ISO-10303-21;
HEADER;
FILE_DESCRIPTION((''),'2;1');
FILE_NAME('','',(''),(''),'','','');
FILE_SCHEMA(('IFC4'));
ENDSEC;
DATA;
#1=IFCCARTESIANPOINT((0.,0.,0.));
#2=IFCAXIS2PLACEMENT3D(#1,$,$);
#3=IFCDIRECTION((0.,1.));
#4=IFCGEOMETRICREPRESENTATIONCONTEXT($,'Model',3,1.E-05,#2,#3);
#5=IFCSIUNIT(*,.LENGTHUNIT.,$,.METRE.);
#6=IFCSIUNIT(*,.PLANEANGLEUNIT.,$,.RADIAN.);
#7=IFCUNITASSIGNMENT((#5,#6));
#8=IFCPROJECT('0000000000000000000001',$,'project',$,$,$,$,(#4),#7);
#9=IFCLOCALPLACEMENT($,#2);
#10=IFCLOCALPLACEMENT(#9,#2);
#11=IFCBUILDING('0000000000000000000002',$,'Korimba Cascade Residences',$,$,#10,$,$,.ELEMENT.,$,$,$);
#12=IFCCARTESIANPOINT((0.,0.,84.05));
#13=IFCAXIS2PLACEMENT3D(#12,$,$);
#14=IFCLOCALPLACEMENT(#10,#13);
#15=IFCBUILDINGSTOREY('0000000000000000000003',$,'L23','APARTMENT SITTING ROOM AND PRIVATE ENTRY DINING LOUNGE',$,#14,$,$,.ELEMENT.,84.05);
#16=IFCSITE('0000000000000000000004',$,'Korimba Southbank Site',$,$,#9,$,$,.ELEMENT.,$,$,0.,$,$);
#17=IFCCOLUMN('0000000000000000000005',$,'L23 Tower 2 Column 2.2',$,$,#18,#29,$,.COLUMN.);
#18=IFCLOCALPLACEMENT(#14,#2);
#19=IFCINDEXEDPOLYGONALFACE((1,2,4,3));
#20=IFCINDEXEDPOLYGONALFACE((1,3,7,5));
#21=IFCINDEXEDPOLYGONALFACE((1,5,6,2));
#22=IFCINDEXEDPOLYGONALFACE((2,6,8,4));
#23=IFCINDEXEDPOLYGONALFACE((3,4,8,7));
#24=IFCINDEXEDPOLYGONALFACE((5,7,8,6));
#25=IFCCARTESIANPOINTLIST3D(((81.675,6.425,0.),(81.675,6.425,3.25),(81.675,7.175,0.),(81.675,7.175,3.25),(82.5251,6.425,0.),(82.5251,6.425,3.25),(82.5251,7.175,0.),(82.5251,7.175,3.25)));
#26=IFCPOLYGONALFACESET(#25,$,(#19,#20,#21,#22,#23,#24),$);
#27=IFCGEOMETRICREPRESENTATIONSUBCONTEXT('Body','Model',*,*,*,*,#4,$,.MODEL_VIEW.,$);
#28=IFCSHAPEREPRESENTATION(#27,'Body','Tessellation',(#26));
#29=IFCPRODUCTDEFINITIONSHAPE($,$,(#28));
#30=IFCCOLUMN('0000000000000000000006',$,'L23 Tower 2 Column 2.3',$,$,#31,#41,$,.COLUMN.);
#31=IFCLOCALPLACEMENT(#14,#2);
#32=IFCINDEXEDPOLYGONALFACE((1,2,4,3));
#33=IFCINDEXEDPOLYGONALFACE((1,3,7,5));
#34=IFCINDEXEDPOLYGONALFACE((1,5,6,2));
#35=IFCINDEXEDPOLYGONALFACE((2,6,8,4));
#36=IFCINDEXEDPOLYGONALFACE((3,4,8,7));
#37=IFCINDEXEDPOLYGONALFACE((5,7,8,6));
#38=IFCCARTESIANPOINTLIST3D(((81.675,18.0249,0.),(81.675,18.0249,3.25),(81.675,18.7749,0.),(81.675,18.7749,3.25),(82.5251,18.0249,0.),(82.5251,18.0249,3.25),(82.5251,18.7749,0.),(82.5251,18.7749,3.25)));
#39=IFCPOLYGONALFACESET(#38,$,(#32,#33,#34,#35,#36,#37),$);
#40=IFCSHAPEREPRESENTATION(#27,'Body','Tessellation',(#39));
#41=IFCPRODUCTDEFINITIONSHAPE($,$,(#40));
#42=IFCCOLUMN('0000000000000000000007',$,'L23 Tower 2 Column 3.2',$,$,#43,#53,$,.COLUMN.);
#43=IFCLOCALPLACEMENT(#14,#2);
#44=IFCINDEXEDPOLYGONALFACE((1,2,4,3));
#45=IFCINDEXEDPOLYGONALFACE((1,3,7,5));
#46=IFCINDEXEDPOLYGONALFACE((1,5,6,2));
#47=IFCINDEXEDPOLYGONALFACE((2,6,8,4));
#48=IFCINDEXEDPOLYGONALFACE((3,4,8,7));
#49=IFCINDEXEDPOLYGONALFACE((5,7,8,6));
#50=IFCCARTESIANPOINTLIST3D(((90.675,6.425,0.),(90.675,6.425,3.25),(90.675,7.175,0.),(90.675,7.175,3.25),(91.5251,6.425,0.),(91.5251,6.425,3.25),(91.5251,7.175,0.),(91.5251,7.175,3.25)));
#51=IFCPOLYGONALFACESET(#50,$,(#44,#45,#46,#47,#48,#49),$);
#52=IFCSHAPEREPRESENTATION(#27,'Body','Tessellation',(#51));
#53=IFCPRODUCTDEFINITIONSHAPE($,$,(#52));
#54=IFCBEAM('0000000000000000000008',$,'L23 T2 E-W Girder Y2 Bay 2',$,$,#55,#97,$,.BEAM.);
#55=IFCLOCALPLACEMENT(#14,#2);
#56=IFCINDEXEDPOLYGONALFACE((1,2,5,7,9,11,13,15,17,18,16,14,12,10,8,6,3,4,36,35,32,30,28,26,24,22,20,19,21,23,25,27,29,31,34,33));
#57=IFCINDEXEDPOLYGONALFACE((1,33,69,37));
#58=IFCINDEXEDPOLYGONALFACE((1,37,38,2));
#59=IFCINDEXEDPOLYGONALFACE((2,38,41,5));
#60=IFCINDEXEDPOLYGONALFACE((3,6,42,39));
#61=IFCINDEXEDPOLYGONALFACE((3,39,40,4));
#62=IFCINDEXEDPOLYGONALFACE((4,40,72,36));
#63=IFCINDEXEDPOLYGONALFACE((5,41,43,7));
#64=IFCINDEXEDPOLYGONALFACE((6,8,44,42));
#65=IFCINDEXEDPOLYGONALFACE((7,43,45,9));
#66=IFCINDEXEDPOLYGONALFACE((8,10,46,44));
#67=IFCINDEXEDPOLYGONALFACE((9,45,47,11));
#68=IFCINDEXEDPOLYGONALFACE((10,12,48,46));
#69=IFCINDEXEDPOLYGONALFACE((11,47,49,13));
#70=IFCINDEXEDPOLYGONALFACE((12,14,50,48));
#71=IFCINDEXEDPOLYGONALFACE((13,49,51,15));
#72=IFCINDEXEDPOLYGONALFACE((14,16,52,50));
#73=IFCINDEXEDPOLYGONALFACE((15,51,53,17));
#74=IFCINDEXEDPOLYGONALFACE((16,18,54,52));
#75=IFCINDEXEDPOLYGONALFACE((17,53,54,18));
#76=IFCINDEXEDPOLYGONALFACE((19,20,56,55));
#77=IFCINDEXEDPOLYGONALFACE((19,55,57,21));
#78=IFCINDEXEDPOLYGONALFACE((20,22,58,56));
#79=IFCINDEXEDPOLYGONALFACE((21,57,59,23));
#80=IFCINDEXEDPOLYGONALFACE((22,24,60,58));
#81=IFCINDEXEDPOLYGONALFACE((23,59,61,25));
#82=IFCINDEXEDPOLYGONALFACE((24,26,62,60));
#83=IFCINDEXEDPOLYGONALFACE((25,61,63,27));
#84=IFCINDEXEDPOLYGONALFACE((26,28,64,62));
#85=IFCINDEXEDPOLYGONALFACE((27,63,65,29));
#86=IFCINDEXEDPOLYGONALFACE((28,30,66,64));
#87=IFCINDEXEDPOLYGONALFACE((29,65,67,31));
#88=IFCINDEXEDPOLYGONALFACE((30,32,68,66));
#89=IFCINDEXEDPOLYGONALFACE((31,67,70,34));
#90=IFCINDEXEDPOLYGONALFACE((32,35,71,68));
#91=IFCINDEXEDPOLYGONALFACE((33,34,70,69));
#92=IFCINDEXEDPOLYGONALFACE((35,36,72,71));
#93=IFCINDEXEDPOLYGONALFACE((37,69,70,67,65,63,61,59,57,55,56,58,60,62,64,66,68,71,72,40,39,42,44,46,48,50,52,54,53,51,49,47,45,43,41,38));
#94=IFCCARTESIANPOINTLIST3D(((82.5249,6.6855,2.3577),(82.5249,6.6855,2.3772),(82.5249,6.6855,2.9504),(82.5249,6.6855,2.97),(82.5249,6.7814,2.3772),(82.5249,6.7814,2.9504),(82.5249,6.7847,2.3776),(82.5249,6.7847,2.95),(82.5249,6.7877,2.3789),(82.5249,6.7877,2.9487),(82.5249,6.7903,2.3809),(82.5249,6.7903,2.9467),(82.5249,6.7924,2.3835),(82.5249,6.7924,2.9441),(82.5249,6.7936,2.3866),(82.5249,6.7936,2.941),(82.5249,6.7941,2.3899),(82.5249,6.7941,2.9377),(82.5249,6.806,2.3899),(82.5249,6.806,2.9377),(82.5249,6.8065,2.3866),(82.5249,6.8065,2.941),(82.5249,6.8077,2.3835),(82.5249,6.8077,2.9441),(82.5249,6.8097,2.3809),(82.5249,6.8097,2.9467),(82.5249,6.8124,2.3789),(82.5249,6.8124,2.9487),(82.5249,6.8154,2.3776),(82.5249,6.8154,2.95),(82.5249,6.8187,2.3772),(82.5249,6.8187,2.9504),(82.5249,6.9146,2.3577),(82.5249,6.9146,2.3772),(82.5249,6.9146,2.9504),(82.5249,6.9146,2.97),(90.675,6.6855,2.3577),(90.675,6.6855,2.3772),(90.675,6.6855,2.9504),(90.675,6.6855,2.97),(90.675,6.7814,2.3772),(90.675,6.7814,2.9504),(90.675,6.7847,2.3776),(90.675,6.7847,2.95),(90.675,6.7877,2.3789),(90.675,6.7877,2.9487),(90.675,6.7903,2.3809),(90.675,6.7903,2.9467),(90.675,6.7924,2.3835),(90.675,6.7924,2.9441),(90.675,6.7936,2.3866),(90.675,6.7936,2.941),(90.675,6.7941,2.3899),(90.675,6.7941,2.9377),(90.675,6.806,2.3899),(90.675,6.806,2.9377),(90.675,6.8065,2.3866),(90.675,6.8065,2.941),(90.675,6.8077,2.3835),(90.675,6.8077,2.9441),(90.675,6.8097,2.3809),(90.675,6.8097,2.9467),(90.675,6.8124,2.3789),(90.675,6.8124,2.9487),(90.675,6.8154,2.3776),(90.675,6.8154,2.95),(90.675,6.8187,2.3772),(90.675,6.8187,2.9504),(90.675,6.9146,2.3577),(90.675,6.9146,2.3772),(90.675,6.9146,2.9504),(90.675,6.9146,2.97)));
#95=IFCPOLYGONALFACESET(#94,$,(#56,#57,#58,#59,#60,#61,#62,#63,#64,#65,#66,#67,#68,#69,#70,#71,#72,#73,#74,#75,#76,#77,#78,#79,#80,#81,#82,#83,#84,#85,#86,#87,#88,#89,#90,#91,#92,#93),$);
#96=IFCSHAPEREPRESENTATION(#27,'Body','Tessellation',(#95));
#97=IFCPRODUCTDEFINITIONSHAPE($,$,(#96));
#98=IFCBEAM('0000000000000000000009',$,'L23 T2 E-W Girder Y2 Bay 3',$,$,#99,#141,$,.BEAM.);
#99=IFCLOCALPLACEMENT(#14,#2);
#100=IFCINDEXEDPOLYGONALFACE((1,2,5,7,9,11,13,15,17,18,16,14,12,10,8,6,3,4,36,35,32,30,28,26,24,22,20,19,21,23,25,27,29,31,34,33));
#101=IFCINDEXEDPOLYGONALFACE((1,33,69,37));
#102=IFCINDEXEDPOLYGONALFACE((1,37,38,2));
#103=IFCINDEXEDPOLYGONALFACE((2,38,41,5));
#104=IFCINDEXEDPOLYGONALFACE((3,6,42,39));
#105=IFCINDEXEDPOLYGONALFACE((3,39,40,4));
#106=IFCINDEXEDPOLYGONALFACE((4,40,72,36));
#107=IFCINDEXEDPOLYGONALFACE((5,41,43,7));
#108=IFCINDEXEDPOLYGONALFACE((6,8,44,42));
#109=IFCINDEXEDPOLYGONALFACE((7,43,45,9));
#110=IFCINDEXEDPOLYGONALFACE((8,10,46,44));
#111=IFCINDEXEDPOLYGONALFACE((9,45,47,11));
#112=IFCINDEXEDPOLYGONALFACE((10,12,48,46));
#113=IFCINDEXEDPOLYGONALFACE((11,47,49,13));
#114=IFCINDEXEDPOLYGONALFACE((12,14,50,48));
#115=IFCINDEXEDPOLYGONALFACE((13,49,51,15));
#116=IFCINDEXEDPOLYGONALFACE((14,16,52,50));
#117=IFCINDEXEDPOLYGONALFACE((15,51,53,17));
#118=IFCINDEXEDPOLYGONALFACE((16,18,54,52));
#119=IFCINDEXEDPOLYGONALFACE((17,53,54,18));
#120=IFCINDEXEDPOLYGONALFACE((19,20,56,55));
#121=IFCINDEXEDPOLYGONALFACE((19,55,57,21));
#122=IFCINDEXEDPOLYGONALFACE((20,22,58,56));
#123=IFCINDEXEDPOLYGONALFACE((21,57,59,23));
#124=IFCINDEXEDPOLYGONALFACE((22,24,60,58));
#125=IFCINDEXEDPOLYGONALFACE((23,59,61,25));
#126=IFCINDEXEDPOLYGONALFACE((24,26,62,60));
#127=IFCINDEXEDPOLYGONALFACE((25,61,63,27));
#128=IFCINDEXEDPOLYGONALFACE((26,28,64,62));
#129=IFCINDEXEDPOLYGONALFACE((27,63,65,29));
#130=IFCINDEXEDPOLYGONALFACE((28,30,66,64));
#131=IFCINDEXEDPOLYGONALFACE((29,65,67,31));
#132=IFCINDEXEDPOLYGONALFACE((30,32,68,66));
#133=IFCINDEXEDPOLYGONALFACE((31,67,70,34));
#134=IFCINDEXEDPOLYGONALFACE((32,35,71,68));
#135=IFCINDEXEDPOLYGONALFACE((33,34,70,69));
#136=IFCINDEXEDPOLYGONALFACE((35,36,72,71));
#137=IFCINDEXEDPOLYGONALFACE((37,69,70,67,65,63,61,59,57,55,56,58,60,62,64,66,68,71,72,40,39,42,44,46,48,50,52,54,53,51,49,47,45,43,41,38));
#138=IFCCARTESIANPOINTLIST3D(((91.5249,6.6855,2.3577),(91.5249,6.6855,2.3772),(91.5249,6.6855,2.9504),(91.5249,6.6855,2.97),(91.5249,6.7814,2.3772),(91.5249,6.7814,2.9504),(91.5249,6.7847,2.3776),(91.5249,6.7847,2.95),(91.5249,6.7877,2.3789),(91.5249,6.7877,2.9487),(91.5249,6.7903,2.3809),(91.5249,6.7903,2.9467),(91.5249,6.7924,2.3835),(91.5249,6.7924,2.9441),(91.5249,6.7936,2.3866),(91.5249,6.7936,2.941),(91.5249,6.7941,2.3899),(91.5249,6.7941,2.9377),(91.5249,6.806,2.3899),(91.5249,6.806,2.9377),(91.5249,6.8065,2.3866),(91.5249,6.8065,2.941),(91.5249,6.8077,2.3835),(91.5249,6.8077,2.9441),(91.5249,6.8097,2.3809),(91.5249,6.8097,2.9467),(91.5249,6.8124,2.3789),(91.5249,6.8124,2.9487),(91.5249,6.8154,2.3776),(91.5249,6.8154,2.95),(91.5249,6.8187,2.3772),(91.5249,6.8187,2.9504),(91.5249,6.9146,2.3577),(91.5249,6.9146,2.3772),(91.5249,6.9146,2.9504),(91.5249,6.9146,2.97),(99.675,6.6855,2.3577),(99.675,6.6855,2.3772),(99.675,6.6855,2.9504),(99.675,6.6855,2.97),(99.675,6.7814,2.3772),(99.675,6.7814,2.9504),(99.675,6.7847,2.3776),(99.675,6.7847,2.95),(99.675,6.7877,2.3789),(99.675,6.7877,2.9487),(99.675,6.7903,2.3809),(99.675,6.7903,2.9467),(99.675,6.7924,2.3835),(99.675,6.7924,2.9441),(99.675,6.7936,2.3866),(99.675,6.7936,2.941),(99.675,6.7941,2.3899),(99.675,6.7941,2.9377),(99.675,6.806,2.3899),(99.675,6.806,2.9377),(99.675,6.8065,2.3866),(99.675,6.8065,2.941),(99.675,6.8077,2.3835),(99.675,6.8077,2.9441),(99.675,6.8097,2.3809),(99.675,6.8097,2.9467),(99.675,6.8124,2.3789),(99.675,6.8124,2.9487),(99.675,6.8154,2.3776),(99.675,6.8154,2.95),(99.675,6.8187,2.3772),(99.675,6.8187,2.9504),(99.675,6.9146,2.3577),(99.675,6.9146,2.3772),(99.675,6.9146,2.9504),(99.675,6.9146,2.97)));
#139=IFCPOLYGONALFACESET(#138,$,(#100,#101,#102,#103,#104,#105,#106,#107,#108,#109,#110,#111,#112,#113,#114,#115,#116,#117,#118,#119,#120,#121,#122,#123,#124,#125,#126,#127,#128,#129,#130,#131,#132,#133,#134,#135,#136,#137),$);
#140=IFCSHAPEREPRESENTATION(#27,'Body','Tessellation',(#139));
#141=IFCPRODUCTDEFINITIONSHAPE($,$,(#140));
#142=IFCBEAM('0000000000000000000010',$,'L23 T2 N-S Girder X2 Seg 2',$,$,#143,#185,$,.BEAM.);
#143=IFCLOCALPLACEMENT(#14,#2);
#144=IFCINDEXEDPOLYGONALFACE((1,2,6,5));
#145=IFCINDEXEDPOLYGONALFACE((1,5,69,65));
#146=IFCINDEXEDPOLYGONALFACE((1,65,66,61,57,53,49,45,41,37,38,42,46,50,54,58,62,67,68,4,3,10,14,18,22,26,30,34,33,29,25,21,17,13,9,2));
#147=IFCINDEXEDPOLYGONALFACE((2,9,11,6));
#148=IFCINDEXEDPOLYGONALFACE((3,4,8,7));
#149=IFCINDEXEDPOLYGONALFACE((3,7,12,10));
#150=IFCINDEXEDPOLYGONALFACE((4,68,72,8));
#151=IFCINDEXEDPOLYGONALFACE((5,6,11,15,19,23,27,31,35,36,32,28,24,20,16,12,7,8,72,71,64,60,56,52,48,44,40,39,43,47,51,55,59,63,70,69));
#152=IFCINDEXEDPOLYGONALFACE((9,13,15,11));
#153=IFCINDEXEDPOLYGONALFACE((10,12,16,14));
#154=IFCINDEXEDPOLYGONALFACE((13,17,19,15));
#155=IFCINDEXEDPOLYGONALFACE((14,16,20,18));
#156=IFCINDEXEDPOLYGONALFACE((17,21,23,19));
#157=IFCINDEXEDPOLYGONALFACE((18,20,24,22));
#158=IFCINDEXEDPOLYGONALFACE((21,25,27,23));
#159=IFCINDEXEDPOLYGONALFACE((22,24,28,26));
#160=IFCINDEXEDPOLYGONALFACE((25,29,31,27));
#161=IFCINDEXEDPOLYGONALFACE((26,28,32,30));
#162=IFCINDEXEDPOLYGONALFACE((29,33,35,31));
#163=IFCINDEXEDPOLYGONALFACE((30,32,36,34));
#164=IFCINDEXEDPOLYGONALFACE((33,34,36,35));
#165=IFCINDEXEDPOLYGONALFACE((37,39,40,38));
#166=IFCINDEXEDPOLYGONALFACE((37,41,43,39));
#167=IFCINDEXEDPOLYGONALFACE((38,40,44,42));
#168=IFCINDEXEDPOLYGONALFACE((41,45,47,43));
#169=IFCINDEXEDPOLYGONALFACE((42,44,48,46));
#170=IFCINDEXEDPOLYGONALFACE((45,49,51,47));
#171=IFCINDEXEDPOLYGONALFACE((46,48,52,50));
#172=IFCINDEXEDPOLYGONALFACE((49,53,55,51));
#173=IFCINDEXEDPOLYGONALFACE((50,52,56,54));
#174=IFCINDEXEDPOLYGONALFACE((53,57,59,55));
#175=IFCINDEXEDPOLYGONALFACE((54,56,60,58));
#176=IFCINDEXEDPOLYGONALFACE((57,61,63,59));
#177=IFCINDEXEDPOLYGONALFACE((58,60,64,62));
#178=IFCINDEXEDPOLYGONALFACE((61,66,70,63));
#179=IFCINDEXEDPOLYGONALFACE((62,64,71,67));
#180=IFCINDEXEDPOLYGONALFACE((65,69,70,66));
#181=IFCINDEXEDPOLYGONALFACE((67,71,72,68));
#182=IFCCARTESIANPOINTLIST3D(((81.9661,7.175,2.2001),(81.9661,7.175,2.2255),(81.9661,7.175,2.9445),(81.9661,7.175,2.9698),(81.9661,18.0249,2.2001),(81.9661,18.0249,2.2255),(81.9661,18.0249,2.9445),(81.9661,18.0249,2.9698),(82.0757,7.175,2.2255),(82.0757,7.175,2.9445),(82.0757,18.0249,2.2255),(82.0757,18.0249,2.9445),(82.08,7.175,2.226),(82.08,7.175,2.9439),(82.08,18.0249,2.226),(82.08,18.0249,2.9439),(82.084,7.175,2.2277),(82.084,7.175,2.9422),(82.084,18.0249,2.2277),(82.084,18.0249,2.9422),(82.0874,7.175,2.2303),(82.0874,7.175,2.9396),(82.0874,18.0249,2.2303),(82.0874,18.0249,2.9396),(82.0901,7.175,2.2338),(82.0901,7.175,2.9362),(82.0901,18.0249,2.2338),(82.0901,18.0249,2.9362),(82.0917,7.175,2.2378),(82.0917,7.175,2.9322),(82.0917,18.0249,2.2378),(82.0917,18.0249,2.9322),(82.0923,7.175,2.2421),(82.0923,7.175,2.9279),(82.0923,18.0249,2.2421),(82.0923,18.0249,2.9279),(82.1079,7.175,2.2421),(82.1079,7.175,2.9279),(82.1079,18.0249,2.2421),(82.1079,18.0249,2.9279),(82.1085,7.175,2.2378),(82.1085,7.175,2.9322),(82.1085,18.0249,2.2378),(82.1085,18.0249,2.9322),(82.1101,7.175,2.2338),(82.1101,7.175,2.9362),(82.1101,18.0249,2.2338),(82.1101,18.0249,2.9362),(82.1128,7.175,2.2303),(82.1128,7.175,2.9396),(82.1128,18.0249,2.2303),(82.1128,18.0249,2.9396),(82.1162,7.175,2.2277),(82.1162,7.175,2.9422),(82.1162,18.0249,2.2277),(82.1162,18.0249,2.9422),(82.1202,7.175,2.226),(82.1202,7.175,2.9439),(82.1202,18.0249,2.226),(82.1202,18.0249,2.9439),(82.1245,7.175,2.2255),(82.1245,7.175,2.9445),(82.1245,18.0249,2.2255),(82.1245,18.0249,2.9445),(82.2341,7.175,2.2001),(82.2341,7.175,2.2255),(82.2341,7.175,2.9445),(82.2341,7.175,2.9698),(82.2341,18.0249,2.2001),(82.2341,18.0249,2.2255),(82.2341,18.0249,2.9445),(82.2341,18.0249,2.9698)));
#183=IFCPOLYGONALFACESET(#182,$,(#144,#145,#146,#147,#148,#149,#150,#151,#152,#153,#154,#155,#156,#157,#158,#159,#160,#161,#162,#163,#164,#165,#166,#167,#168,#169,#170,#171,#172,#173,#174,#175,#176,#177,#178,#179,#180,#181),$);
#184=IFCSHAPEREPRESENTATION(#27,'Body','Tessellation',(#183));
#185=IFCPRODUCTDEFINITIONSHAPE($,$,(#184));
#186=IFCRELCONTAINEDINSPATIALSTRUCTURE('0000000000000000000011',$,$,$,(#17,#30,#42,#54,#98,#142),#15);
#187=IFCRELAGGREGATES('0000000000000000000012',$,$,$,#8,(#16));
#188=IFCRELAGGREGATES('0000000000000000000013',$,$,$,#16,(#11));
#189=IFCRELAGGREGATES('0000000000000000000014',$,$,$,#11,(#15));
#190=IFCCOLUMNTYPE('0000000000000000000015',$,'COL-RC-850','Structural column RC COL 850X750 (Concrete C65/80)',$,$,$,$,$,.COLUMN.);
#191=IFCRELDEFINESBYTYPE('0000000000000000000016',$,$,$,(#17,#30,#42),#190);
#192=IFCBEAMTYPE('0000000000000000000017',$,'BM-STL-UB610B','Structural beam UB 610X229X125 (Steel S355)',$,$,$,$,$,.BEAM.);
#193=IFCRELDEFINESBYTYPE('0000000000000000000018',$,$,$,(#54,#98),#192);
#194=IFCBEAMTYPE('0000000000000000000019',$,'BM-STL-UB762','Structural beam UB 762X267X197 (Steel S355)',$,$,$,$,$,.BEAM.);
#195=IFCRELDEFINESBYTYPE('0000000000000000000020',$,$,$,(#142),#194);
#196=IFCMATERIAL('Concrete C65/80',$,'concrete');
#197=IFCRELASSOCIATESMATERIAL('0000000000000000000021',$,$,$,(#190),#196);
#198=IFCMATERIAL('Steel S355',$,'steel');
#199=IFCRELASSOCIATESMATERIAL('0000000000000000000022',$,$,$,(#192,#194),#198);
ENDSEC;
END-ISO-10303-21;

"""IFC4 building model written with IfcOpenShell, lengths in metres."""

from ifc_helpers import new_model, si_unit, direction, frame, origin, origin_2d, place, context, subcontext, project, spatial, rectangle, i_section, extrude, material, material_profile, profile_set, type_object, element, save


model = new_model("IFC4")

# Units and contexts
model_context = context("Model", 3, precision=1e-05, world=origin(), true_north=direction((0.0, 1.0)))
body_context = subcontext(model_context, "Body", "Model", "MODEL_VIEW")
ifc_project = project(units=[si_unit("LENGTHUNIT", "METRE"), si_unit("PLANEANGLEUNIT", "RADIAN")], contexts=[model_context])

# Site, building, storey
site_placement = place(None, origin())
site = spatial("IfcSite", under=ifc_project, at=site_placement, Name="Korimba Southbank Site", CompositionType="ELEMENT", RefElevation=0.0)
building_placement = place(site_placement, origin())
building = spatial("IfcBuilding", under=site, at=building_placement, Name="Korimba Cascade Residences", CompositionType="ELEMENT")
storey_placement = place(building_placement, frame((0.0, 0.0, 84.05)))
storey = spatial("IfcBuildingStorey", under=building, at=storey_placement, Name="L23", Description="APARTMENT SITTING ROOM AND PRIVATE ENTRY DINING LOUNGE", CompositionType="ELEMENT", Elevation=84.05)

# Columns
ifc_material_1 = material(Name="Concrete C65/80", Category="concrete")
ifc_material_profile_1 = material_profile(ifc_material_1, rectangle(XDim=0.8501, YDim=0.75, at=origin_2d()), Name="Concrete C65/80")
ifc_profile_set_1 = profile_set([ifc_material_profile_1], Name="Concrete C65/80")
column_type = type_object("IfcColumnType", Name="COL-RC-850", Description="Structural column RC COL 850X750 (Concrete C65/80)", PredefinedType="COLUMN", material=ifc_profile_set_1)
for number, where, z_axis, x_axis, name in (
    (1, (82.1001, 6.8, 0.0), (0.0, 0.0, 1.0), (1.0, 0.0, 0.0), "L23 Tower 2 Column 2.2"),
    (2, (82.1001, 18.3999, 0.0), (0.0, 0.0, 1.0), (1.0, 0.0, 0.0), "L23 Tower 2 Column 2.3"),
    (3, (91.1001, 6.8, 0.0), (0.0, 0.0, 1.0), (1.0, 0.0, 0.0), "L23 Tower 2 Column 3.2"),
):
    element("IfcColumn", number, at=place(storey_placement, frame(where, z_axis=z_axis, x_axis=x_axis)), inside=storey, type_object=column_type, Name=name, PredefinedType="COLUMN", context=body_context, shape_type="SweptSolid", body=[
        extrude(rectangle(XDim=0.8501, YDim=0.75, at=origin_2d()), origin(), (0.0, 0.0, 1.0), 3.25),
    ])

# Beams
ifc_material_2 = material(Name="Steel S355", Category="steel")
ifc_material_profile_2 = material_profile(ifc_material_2, i_section(OverallWidth=0.229, OverallDepth=0.6123, WebThickness=0.012, FlangeThickness=0.0195, FilletRadius=0.0127, at=origin_2d()), Name="Steel S355")
ifc_profile_set_2 = profile_set([ifc_material_profile_2], Name="Steel S355")
beam_type_1 = type_object("IfcBeamType", Name="BM-STL-UB610B", Description="Structural beam UB 610X229X125 (Steel S355)", PredefinedType="BEAM", material=ifc_profile_set_2)
for number, where, z_axis, x_axis, name in (
    (4, (82.5249, 6.8, 2.6638), (1.0, 0.0, 0.0), (0.0, 1.0, 0.0), "L23 T2 E-W Girder Y2 Bay 2"),
    (5, (91.5249, 6.8, 2.6638), (1.0, 0.0, 0.0), (0.0, 1.0, 0.0), "L23 T2 E-W Girder Y2 Bay 3"),
):
    element("IfcBeam", number, at=place(storey_placement, frame(where, z_axis=z_axis, x_axis=x_axis)), inside=storey, type_object=beam_type_1, Name=name, PredefinedType="BEAM", context=body_context, shape_type="SweptSolid", body=[
        extrude(i_section(OverallWidth=0.229, OverallDepth=0.6123, WebThickness=0.012, FlangeThickness=0.0195, FilletRadius=0.0127, at=origin_2d()), origin(), (0.0, 0.0, 1.0), 8.1501),
    ])
ifc_material_profile_3 = material_profile(ifc_material_2, i_section(OverallWidth=0.2681, OverallDepth=0.7698, WebThickness=0.0156, FlangeThickness=0.0254, FilletRadius=0.0166, at=origin_2d()), Name="Steel S355")
ifc_profile_set_3 = profile_set([ifc_material_profile_3], Name="Steel S355")
beam_type_2 = type_object("IfcBeamType", Name="BM-STL-UB762", Description="Structural beam UB 762X267X197 (Steel S355)", PredefinedType="BEAM", material=ifc_profile_set_3)
for number, where, z_axis, x_axis, name in (
    (6, (82.1001, 7.175, 2.585), (0.0, 1.0, 0.0), (-1.0, 0.0, 0.0), "L23 T2 N-S Girder X2 Seg 2"),
):
    element("IfcBeam", number, at=place(storey_placement, frame(where, z_axis=z_axis, x_axis=x_axis)), inside=storey, type_object=beam_type_2, Name=name, PredefinedType="BEAM", context=body_context, shape_type="SweptSolid", body=[
        extrude(i_section(OverallWidth=0.2681, OverallDepth=0.7698, WebThickness=0.0156, FlangeThickness=0.0254, FilletRadius=0.0166, at=origin_2d()), origin(), (0.0, 0.0, 1.0), 10.8499),
    ])

save(model, "model.ifc")
